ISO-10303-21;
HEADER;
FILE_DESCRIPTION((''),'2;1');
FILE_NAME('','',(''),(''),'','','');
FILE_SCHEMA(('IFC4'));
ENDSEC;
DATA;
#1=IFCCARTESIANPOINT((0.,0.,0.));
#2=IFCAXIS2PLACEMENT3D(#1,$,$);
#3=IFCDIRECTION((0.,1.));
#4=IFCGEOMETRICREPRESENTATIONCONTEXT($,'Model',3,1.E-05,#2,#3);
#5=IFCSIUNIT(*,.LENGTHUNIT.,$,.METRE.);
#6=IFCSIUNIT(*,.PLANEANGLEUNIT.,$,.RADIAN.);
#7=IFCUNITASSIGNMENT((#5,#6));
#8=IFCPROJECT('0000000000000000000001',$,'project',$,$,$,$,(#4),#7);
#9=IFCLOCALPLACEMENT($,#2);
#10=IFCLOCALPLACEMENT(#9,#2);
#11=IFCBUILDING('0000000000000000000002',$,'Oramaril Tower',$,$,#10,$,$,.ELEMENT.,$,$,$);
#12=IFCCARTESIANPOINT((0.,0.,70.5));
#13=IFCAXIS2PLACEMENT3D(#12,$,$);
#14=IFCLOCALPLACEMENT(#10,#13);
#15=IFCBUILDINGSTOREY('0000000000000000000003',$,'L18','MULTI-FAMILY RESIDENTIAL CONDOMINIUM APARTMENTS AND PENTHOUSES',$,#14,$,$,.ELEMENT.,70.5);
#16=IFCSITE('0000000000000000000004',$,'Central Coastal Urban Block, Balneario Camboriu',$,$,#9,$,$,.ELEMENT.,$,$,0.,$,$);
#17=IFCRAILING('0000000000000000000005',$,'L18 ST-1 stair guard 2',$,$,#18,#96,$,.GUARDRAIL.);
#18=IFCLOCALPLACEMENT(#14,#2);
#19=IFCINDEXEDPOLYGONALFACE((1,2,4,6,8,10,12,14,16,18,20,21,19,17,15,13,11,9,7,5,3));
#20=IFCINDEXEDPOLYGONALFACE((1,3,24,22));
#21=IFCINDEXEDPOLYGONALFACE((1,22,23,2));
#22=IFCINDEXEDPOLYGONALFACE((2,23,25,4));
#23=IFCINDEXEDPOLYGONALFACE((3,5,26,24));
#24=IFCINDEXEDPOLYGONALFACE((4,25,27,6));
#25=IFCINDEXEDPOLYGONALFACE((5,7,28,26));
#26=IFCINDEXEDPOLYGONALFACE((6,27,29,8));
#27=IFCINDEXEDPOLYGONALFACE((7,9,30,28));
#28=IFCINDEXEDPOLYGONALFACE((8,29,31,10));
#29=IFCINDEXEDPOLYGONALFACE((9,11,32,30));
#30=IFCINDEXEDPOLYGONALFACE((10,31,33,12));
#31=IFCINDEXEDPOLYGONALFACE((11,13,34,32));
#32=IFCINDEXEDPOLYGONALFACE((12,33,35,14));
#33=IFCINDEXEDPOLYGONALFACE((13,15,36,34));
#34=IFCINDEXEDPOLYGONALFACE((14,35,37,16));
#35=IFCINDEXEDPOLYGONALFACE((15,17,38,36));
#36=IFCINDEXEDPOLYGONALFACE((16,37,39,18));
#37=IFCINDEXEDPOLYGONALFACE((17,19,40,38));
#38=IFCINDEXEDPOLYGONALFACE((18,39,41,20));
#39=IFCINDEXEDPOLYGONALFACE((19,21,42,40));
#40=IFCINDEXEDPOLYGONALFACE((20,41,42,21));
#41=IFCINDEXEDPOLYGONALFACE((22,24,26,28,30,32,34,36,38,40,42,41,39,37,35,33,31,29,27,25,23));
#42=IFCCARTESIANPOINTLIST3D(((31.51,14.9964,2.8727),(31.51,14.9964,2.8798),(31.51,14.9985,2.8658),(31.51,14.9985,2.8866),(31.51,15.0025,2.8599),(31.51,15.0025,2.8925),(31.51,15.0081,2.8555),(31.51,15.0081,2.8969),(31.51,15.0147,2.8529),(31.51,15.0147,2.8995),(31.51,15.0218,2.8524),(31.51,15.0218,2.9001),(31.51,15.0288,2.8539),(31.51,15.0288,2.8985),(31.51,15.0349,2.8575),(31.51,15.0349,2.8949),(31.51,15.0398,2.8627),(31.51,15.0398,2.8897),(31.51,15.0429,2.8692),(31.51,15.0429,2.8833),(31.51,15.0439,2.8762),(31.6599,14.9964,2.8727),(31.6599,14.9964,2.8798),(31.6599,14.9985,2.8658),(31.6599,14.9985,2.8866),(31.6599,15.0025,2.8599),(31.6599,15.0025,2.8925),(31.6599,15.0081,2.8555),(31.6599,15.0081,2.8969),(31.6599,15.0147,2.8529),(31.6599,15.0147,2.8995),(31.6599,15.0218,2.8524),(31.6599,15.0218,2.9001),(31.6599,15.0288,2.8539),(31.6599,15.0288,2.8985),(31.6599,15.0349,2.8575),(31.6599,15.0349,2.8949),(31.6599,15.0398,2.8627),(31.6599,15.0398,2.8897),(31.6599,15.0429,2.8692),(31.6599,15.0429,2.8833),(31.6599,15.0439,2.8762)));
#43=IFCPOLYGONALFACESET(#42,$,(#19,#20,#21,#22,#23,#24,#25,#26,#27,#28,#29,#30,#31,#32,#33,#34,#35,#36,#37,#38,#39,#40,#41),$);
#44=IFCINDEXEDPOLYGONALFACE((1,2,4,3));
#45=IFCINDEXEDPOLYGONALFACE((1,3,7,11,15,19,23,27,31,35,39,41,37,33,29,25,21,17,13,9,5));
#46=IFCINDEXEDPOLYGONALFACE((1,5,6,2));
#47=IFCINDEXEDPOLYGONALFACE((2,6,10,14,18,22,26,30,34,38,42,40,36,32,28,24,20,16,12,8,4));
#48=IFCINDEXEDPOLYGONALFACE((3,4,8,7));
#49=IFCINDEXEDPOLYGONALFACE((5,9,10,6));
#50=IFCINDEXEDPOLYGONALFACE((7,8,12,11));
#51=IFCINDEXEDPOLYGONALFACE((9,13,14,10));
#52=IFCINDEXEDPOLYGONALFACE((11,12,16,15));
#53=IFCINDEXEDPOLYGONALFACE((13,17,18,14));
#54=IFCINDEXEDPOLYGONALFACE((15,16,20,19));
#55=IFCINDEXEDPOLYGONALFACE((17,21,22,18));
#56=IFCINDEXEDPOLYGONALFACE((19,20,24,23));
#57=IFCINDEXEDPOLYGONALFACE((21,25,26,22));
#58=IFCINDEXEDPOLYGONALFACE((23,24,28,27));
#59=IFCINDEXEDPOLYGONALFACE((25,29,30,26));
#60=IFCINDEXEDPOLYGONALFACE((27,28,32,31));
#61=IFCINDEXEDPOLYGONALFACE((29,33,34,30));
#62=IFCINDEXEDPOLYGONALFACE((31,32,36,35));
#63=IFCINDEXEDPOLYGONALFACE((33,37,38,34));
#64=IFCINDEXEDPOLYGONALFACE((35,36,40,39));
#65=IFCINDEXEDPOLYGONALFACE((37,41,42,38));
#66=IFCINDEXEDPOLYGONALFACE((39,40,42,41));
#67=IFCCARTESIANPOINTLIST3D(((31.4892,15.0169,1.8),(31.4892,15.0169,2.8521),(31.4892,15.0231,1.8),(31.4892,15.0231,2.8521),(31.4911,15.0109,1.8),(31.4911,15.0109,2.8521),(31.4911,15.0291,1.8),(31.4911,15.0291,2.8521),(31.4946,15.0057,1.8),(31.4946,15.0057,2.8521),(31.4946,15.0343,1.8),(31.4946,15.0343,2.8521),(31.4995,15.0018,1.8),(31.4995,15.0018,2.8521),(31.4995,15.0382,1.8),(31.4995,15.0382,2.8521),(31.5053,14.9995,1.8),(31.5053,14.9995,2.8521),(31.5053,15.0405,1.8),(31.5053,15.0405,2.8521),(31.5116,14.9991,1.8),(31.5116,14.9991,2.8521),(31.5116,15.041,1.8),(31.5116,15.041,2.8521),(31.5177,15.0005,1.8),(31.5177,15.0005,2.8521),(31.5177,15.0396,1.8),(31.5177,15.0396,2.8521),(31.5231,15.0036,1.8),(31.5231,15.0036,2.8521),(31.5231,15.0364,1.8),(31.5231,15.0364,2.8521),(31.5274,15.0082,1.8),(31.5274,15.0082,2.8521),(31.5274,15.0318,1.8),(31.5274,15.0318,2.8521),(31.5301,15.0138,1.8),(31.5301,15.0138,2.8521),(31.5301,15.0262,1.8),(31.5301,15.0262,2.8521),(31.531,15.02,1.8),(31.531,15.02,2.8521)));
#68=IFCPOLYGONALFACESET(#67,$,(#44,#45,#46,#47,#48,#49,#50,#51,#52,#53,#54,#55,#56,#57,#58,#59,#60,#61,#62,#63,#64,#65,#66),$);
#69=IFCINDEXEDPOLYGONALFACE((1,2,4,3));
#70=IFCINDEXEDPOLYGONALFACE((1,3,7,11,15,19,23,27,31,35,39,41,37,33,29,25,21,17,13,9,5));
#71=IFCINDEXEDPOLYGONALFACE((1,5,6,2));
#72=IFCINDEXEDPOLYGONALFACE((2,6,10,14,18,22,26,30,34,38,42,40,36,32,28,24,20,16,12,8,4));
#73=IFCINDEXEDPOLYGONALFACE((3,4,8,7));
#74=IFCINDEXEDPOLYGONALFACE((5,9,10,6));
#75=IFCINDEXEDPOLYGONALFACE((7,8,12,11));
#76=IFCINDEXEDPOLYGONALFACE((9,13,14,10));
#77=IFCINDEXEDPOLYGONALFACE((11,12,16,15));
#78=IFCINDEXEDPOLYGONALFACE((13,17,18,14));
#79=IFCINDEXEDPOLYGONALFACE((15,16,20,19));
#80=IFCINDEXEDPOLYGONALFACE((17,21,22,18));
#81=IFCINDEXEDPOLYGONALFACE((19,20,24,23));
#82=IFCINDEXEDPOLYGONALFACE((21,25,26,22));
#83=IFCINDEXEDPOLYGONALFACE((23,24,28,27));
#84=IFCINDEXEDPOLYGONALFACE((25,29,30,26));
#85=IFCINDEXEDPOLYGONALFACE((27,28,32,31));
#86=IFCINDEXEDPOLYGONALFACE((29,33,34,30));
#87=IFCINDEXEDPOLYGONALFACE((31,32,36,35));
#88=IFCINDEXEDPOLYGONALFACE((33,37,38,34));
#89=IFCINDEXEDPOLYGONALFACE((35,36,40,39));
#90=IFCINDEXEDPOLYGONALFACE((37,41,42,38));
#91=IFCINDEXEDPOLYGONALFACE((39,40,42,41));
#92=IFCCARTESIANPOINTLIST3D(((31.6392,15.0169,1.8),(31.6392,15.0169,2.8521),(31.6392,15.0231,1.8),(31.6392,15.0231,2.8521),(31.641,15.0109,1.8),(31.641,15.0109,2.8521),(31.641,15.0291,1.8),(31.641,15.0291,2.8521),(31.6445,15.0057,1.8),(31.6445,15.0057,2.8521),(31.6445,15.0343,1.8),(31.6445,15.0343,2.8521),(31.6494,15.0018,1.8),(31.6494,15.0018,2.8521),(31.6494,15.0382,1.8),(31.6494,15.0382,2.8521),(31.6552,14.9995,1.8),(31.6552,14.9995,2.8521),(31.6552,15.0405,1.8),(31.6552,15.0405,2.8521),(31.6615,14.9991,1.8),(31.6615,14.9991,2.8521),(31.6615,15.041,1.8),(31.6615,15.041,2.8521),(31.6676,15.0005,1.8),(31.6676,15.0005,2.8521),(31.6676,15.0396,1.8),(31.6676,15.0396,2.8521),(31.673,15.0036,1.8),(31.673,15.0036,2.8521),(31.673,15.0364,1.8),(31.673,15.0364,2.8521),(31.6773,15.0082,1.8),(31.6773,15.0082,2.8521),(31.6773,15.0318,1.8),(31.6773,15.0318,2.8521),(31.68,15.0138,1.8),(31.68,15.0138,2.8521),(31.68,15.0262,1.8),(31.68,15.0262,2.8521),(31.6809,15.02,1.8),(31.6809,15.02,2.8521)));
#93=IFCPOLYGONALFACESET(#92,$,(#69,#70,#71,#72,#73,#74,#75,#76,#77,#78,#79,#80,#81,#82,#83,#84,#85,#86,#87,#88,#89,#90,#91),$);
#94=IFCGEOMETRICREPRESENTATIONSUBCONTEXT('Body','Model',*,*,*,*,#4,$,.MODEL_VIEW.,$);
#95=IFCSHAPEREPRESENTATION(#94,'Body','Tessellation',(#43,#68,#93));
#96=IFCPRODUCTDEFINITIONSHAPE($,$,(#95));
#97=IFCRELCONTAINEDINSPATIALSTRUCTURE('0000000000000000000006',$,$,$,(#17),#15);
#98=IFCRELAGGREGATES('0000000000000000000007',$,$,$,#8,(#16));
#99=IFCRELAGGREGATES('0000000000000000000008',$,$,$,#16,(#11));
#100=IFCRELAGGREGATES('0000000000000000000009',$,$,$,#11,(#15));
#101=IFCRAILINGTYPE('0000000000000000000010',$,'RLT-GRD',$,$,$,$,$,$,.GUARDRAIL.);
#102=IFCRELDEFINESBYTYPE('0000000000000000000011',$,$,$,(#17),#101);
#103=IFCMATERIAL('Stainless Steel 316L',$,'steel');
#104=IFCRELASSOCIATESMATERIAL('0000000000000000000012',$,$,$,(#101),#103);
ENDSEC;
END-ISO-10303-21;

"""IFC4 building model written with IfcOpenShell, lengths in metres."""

from ifc_helpers import new_model, si_unit, direction, frame, origin, origin_2d, place, context, subcontext, project, spatial, circle, extrude, material, type_object, element, save


model = new_model("IFC4")

# Units and contexts
model_context = context("Model", 3, precision=1e-05, world=origin(), true_north=direction((0.0, 1.0)))
body_context = subcontext(model_context, "Body", "Model", "MODEL_VIEW")
ifc_project = project(units=[si_unit("LENGTHUNIT", "METRE"), si_unit("PLANEANGLEUNIT", "RADIAN")], contexts=[model_context])

# Site, building, storey
site_placement = place(None, origin())
site = spatial("IfcSite", under=ifc_project, at=site_placement, Name="Central Coastal Urban Block, Balneario Camboriu", CompositionType="ELEMENT", RefElevation=0.0)
building_placement = place(site_placement, origin())
building = spatial("IfcBuilding", under=site, at=building_placement, Name="Oramaril Tower", CompositionType="ELEMENT")
storey_placement = place(building_placement, frame((0.0, 0.0, 70.5)))
storey = spatial("IfcBuildingStorey", under=building, at=storey_placement, Name="L18", Description="MULTI-FAMILY RESIDENTIAL CONDOMINIUM APARTMENTS AND PENTHOUSES", CompositionType="ELEMENT", Elevation=70.5)

# Railing
ifc_material_1 = material(Name="Stainless Steel 316L", Category="steel")
railing_type_1 = type_object("IfcRailingType", Name="RLT-GRD", PredefinedType="GUARDRAIL", material=ifc_material_1)
railing_1_placement = place(storey_placement, frame((31.51, 15.02, 1.8)))
element("IfcRailing", 1, at=railing_1_placement, inside=storey, type_object=railing_type_1, Name="L18 ST-1 stair guard 2", PredefinedType="GUARDRAIL", context=body_context, shape_type="SweptSolid", body=[
    extrude(circle(Radius=0.0239, at=origin_2d()), frame((0.0, 0.0, 1.0762), z_axis=(1.0, 0.0, 0.0), x_axis=(0.0, 1.0, 0.0)), (0.0, 0.0, 1.0), 0.1499),
    extrude(circle(Radius=0.021, at=origin_2d()), origin(), (0.0, 0.0, 1.0), 1.052),
    extrude(circle(Radius=0.021, at=origin_2d()), frame((0.1499, 0.0, 0.0)), (0.0, 0.0, 1.0), 1.052),
])

save(model, "model.ifc")
